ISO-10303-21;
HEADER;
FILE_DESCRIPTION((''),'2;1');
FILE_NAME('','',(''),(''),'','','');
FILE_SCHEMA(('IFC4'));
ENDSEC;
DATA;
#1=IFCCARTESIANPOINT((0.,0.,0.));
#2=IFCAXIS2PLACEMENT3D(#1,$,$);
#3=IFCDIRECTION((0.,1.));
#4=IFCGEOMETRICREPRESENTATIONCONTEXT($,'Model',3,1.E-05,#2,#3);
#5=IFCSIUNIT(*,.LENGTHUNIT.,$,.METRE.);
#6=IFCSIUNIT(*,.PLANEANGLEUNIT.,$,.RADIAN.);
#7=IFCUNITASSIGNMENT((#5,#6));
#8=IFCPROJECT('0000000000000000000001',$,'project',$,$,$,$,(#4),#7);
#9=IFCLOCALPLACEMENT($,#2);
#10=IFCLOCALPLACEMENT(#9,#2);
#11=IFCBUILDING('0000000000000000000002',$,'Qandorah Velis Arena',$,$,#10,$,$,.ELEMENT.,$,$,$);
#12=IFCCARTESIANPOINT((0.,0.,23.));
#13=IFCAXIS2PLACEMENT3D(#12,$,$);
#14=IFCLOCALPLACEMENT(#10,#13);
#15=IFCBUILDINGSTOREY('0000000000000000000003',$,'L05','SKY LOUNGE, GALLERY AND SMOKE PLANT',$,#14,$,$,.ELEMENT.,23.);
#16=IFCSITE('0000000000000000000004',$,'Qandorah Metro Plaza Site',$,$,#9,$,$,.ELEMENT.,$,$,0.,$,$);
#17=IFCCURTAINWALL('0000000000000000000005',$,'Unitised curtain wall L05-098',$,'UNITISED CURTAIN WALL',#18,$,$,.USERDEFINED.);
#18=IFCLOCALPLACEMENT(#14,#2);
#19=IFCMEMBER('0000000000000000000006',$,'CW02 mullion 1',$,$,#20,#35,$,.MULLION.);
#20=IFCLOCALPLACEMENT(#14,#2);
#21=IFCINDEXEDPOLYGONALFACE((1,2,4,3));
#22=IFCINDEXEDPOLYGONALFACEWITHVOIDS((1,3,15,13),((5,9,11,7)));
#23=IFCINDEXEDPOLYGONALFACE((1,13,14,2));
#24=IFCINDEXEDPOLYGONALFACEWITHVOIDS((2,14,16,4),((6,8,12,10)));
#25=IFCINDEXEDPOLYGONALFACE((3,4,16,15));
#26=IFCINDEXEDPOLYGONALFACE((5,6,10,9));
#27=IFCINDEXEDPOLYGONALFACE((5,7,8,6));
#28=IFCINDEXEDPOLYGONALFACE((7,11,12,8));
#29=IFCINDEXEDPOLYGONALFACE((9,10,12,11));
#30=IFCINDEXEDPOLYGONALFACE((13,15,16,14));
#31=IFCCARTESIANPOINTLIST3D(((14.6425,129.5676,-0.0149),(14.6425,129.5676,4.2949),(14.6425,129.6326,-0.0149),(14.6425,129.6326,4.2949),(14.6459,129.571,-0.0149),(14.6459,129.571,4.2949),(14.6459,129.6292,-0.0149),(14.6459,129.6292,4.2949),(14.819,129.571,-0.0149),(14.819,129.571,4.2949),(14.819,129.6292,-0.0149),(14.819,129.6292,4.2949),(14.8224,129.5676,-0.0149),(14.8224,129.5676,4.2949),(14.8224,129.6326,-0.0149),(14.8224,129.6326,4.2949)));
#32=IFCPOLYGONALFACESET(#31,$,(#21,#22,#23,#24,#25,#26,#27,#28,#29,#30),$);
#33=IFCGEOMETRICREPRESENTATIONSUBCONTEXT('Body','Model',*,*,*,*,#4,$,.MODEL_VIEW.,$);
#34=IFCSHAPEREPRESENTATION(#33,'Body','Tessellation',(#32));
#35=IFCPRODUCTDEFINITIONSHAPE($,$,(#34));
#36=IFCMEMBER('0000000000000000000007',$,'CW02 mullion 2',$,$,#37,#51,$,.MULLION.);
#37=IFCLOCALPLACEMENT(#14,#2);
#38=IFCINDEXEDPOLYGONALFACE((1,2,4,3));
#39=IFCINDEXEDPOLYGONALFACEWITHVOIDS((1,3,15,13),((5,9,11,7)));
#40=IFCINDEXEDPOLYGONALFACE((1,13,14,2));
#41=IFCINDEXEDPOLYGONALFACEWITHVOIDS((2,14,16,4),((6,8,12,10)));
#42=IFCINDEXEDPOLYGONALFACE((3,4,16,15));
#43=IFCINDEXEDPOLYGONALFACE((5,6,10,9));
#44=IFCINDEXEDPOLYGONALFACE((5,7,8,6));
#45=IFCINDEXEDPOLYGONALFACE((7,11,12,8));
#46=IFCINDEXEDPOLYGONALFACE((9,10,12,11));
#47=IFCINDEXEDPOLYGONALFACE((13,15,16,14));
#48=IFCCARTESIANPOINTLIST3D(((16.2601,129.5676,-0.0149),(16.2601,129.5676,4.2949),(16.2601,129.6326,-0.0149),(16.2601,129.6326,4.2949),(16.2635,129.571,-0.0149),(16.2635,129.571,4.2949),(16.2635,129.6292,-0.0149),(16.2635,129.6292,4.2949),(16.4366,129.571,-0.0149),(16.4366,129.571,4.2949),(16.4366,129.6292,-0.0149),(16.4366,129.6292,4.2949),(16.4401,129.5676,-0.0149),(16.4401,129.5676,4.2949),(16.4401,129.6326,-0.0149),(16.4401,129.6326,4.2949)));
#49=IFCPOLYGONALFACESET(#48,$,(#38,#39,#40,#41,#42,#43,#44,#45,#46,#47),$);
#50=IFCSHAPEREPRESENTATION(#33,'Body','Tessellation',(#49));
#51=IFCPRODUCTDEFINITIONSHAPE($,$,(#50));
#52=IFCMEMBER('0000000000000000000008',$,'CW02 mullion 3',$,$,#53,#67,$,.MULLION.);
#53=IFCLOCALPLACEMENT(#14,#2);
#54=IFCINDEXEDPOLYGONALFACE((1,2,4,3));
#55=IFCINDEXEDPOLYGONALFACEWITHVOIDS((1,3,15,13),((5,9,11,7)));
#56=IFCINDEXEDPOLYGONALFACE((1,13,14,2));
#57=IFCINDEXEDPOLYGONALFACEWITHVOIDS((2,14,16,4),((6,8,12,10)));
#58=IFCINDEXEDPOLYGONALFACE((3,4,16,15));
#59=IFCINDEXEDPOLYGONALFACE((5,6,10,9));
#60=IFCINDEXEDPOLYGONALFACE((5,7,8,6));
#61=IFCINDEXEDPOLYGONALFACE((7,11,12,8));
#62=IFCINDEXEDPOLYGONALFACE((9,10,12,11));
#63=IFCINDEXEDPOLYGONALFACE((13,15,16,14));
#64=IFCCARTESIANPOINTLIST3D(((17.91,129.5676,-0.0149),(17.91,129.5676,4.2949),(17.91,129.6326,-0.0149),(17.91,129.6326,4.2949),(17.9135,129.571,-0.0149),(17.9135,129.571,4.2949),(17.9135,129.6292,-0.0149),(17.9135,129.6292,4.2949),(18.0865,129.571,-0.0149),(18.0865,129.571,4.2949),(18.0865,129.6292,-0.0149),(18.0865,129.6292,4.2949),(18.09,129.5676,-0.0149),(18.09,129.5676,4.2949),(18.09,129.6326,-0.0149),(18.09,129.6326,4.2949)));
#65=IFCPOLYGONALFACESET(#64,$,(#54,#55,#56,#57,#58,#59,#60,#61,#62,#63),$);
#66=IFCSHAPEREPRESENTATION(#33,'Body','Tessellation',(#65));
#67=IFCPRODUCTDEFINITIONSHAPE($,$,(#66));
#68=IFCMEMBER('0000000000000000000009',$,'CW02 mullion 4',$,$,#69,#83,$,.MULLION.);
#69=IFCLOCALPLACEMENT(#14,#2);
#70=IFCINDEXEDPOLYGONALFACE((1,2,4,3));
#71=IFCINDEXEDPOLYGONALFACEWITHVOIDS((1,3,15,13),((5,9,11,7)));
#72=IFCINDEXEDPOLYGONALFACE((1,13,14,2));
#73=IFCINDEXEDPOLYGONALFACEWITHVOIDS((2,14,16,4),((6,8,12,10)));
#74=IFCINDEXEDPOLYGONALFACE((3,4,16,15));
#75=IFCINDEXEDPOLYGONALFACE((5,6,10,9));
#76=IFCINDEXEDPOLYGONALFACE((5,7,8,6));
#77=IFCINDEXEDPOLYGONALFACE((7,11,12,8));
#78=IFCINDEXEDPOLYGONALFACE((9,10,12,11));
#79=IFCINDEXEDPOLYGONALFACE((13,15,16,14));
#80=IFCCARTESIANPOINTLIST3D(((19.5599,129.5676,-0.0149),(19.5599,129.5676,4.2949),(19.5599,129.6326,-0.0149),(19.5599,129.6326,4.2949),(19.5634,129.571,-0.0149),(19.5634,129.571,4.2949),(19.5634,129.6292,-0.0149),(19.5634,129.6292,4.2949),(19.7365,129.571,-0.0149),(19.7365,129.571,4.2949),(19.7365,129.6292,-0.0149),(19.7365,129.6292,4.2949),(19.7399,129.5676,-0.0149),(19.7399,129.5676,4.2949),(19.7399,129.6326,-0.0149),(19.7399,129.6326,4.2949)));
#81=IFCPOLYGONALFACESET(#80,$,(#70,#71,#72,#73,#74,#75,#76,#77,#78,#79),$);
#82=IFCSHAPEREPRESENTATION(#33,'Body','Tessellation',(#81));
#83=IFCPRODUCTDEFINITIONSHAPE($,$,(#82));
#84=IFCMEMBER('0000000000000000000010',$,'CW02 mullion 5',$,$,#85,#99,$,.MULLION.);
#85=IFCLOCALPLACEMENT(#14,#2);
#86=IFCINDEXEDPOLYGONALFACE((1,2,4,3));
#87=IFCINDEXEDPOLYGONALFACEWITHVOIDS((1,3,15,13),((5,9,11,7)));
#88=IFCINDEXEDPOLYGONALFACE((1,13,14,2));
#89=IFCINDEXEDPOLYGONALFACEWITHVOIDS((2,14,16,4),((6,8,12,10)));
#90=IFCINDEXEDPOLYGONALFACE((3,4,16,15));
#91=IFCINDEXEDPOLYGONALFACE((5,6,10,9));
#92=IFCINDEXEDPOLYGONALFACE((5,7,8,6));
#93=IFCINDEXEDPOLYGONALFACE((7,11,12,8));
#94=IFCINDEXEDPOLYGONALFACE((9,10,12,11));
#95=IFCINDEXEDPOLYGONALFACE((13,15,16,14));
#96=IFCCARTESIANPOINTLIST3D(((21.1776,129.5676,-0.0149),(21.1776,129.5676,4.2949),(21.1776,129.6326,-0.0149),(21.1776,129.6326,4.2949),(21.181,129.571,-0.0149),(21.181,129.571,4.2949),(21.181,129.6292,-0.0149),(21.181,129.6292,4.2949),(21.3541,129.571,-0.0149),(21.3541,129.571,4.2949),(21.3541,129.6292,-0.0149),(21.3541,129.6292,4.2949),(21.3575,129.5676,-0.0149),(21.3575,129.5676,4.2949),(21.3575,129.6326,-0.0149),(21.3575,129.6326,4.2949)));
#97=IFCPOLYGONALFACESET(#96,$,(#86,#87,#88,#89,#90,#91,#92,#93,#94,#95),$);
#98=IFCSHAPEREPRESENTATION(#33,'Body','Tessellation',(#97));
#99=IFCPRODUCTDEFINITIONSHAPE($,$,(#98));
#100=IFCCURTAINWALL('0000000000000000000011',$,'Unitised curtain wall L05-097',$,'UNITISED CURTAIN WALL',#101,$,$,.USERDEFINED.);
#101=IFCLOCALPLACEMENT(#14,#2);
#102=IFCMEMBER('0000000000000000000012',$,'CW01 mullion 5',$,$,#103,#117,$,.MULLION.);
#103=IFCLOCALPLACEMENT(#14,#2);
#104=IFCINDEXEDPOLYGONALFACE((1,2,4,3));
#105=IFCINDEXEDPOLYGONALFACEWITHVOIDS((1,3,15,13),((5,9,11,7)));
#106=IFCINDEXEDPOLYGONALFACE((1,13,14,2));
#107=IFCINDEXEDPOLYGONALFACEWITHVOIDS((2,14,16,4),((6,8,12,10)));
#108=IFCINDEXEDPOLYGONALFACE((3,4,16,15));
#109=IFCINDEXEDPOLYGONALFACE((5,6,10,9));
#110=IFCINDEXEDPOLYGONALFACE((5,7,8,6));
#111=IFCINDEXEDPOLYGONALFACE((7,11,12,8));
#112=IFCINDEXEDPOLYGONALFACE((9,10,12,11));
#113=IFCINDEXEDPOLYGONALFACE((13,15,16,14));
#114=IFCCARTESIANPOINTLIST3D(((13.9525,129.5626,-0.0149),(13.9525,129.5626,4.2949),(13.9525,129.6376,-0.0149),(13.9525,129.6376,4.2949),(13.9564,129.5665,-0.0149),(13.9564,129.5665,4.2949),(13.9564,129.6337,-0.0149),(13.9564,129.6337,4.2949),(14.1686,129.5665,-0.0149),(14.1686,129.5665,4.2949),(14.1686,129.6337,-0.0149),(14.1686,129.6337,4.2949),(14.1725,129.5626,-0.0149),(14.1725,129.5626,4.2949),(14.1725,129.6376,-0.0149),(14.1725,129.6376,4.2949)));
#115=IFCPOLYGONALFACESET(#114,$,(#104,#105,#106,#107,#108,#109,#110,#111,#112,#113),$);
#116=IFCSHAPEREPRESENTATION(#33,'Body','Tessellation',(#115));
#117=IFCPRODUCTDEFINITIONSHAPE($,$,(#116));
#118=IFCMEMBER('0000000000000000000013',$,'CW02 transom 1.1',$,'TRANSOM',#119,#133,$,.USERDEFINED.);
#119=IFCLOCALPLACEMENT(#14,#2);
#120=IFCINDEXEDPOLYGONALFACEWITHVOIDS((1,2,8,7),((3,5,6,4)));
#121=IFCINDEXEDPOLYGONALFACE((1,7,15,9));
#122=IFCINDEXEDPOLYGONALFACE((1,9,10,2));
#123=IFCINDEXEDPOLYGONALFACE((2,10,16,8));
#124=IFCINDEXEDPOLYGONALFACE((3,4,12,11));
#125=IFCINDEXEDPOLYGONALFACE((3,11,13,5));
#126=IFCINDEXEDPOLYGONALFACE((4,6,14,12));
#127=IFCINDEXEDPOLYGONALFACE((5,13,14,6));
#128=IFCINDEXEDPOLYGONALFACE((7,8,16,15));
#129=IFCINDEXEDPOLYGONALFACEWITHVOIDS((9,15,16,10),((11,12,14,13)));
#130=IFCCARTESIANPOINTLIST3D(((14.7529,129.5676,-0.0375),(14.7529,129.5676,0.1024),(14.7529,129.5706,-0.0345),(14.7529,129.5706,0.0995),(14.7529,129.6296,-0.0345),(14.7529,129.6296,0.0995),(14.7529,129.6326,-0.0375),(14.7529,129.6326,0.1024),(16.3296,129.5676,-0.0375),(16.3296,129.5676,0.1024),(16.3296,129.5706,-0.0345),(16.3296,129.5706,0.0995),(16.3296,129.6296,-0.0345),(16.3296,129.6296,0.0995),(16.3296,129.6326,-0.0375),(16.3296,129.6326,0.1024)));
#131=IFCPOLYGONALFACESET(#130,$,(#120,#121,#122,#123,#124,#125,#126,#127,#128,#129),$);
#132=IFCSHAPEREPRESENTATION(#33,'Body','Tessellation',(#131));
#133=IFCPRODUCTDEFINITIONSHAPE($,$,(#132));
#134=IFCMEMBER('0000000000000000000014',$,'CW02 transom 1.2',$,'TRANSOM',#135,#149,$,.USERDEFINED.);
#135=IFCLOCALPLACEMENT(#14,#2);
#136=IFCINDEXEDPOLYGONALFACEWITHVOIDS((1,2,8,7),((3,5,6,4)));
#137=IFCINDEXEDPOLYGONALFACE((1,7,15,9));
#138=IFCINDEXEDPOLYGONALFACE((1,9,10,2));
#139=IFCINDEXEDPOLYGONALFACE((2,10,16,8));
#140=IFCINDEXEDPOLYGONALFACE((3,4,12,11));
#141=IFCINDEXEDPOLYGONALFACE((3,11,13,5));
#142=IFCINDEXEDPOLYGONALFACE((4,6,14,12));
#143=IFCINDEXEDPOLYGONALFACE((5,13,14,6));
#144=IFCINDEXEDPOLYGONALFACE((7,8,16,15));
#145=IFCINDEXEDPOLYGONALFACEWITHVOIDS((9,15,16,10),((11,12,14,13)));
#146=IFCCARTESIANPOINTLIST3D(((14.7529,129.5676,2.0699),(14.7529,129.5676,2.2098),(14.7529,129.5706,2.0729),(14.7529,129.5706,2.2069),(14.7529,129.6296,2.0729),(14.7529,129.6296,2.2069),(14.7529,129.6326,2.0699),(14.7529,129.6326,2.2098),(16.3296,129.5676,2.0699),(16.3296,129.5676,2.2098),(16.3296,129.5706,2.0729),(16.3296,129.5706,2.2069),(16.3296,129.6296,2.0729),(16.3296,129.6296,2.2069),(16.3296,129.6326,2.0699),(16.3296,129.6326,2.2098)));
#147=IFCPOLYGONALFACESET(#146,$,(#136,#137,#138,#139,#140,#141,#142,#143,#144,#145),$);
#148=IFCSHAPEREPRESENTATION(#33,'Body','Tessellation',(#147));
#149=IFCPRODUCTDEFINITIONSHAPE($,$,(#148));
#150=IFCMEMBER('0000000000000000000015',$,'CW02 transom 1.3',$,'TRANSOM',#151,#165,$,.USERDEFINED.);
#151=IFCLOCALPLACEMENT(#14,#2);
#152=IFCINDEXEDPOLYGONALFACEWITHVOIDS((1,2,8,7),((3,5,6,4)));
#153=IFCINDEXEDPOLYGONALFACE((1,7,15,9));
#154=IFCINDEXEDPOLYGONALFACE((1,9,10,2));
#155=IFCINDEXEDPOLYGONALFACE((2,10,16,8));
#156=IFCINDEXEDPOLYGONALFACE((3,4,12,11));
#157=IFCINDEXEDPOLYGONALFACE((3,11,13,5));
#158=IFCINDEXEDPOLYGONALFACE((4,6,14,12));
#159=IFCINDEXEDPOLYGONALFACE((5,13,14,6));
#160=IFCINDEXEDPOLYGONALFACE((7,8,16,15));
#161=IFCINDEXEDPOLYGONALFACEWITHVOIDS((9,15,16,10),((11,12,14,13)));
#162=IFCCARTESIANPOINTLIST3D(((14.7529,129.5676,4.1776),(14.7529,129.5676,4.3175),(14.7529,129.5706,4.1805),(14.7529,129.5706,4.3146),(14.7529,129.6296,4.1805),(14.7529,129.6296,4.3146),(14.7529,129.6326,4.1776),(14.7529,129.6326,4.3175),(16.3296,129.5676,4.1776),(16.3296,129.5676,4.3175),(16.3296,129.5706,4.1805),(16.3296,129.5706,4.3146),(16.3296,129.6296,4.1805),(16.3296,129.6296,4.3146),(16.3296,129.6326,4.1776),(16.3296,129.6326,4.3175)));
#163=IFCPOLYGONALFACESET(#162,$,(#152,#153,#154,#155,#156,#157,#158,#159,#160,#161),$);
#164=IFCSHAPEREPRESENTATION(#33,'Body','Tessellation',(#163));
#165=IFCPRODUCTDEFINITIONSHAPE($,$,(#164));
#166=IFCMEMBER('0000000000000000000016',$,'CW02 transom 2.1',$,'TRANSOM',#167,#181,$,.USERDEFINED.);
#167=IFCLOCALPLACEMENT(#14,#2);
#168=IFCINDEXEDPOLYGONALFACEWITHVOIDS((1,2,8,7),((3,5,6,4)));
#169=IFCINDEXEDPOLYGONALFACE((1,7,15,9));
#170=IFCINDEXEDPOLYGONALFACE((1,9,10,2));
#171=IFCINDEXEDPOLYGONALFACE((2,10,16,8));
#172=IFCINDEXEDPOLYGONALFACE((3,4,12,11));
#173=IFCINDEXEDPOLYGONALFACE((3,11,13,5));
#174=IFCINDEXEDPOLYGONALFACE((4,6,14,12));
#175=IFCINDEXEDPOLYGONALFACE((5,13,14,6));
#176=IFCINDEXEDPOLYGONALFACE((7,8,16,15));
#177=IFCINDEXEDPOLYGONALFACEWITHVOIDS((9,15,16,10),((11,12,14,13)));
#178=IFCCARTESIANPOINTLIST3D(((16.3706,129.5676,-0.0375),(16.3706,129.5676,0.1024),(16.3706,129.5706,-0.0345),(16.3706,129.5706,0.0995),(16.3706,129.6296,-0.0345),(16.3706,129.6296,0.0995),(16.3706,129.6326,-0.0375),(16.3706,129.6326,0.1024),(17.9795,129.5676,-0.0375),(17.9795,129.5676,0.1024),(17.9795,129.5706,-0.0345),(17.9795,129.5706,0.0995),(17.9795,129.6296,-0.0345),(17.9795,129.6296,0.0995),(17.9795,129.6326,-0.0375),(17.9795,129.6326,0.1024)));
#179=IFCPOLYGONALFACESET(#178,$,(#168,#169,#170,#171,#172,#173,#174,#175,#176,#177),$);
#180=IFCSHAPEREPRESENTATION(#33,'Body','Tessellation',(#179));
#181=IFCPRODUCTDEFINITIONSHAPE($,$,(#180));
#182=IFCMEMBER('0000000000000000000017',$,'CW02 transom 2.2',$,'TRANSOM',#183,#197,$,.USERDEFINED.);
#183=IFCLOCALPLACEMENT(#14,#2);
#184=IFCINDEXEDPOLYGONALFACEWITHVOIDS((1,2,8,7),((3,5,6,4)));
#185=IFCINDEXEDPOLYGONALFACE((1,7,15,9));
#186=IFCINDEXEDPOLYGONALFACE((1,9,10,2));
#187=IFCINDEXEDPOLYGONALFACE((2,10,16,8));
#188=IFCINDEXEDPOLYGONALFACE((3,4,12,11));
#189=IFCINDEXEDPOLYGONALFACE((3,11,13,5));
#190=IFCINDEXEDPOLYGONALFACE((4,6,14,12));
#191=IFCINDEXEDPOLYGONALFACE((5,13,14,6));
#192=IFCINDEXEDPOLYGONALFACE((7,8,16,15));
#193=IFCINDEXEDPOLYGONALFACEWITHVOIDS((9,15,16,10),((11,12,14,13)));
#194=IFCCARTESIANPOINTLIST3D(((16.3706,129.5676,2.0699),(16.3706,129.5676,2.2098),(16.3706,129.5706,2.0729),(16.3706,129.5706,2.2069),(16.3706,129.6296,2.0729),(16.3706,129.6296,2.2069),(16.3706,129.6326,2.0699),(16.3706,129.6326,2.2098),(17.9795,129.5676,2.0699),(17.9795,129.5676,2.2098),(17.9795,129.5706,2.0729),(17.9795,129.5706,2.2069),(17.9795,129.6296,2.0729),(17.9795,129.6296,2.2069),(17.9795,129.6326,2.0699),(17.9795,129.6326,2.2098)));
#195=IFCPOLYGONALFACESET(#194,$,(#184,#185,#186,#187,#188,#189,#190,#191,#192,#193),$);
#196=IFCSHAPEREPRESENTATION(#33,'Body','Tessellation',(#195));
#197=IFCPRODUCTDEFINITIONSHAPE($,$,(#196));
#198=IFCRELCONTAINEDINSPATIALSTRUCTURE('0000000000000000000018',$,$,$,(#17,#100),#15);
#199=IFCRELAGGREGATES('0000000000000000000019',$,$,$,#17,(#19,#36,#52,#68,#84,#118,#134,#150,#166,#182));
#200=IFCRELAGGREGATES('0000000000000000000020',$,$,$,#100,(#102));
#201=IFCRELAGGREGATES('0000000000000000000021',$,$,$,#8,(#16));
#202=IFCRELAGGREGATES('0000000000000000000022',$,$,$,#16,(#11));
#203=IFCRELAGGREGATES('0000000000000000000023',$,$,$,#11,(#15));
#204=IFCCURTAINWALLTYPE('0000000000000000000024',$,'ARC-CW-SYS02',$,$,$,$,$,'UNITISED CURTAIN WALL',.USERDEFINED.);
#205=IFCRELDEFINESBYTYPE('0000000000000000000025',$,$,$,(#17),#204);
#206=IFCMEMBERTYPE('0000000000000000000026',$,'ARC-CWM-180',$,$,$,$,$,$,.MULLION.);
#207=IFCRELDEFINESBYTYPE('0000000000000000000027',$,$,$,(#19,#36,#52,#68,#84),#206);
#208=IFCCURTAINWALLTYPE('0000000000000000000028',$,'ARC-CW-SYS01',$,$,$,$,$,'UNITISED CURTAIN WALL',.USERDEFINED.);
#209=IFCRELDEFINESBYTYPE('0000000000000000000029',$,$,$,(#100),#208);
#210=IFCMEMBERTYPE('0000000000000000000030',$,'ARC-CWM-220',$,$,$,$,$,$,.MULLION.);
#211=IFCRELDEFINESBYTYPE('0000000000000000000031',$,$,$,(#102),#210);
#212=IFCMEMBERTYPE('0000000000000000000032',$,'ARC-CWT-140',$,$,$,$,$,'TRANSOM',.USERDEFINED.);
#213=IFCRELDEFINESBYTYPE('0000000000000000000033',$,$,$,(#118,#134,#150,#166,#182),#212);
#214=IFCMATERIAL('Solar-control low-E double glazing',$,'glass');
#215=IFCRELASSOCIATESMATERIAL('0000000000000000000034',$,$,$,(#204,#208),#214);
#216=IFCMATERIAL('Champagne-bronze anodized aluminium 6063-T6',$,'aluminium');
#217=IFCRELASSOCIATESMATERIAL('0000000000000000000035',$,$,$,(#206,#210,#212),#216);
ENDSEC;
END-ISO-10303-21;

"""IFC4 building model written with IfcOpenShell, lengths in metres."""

from ifc_helpers import new_model, si_unit, direction, frame, origin, origin_2d, place, context, subcontext, project, spatial, hollow_rectangle, extrude, material, material_profile, profile_set, type_object, element, aggregate, save


model = new_model("IFC4")

# Units and contexts
model_context = context("Model", 3, precision=1e-05, world=origin(), true_north=direction((0.0, 1.0)))
body_context = subcontext(model_context, "Body", "Model", "MODEL_VIEW")
ifc_project = project(units=[si_unit("LENGTHUNIT", "METRE"), si_unit("PLANEANGLEUNIT", "RADIAN")], contexts=[model_context])

# Site, building, storey
site_placement = place(None, origin())
site = spatial("IfcSite", under=ifc_project, at=site_placement, Name="Qandorah Metro Plaza Site", CompositionType="ELEMENT", RefElevation=0.0)
building_placement = place(site_placement, origin())
building = spatial("IfcBuilding", under=site, at=building_placement, Name="Qandorah Velis Arena", CompositionType="ELEMENT")
storey_placement = place(building_placement, frame((0.0, 0.0, 23.0)))
storey = spatial("IfcBuildingStorey", under=building, at=storey_placement, Name="L05", Description="SKY LOUNGE, GALLERY AND SMOKE PLANT", CompositionType="ELEMENT", Elevation=23.0)

# Curtain wall, members
ifc_material_1 = material(Name="Solar-control low-E double glazing", Category="glass")
curtain_wall_type_1 = type_object("IfcCurtainWallType", Name="ARC-CW-SYS02", ElementType="UNITISED CURTAIN WALL", PredefinedType="USERDEFINED", material=ifc_material_1)
curtain_wall_1_placement = place(storey_placement, origin())
curtain_wall_1 = element("IfcCurtainWall", 1, at=curtain_wall_1_placement, inside=storey, type_object=curtain_wall_type_1, Name="Unitised curtain wall L05-098", ObjectType="UNITISED CURTAIN WALL", PredefinedType="USERDEFINED")
ifc_material_2 = material(Name="Champagne-bronze anodized aluminium 6063-T6", Category="aluminium")
ifc_material_profile_1 = material_profile(ifc_material_2, hollow_rectangle(XDim=0.0649, YDim=0.1799, WallThickness=0.0034, at=origin_2d()), Name="ALU MULLION 65x180")
ifc_profile_set_1 = profile_set([ifc_material_profile_1], Name="Champagne-bronze anodized aluminium 6063-T6")
member_type_1 = type_object("IfcMemberType", Name="ARC-CWM-180", PredefinedType="MULLION", material=ifc_profile_set_1)
member_1_placement = place(storey_placement, frame((14.7324, 129.6001, -0.0149), z_axis=(0.0, 0.0, 1.0), x_axis=(0.0, 1.0, 0.0)))
member_1 = element("IfcMember", 2, at=member_1_placement, type_object=member_type_1, Name="CW02 mullion 1", PredefinedType="MULLION", context=body_context, shape_type="SweptSolid", body=[
    extrude(hollow_rectangle(XDim=0.0649, YDim=0.1799, WallThickness=0.0034, at=origin_2d()), origin(), (0.0, 0.0, 1.0), 4.3098),
])
member_2_placement = place(storey_placement, frame((16.3501, 129.6001, -0.0149), z_axis=(0.0, 0.0, 1.0), x_axis=(0.0, 1.0, 0.0)))
member_2 = element("IfcMember", 3, at=member_2_placement, type_object=member_type_1, Name="CW02 mullion 2", PredefinedType="MULLION", context=body_context, shape_type="SweptSolid", body=[
    extrude(hollow_rectangle(XDim=0.0649, YDim=0.1799, WallThickness=0.0034, at=origin_2d()), origin(), (0.0, 0.0, 1.0), 4.3098),
])
member_3_placement = place(storey_placement, frame((18.0, 129.6001, -0.0149), z_axis=(0.0, 0.0, 1.0), x_axis=(0.0, 1.0, 0.0)))
member_3 = element("IfcMember", 4, at=member_3_placement, type_object=member_type_1, Name="CW02 mullion 3", PredefinedType="MULLION", context=body_context, shape_type="SweptSolid", body=[
    extrude(hollow_rectangle(XDim=0.0649, YDim=0.1799, WallThickness=0.0034, at=origin_2d()), origin(), (0.0, 0.0, 1.0), 4.3098),
])
member_4_placement = place(storey_placement, frame((19.6499, 129.6001, -0.0149), z_axis=(0.0, 0.0, 1.0), x_axis=(0.0, 1.0, 0.0)))
member_4 = element("IfcMember", 5, at=member_4_placement, type_object=member_type_1, Name="CW02 mullion 4", PredefinedType="MULLION", context=body_context, shape_type="SweptSolid", body=[
    extrude(hollow_rectangle(XDim=0.0649, YDim=0.1799, WallThickness=0.0034, at=origin_2d()), origin(), (0.0, 0.0, 1.0), 4.3098),
])
member_5_placement = place(storey_placement, frame((21.2676, 129.6001, -0.0149), z_axis=(0.0, 0.0, 1.0), x_axis=(0.0, 1.0, 0.0)))
member_5 = element("IfcMember", 6, at=member_5_placement, type_object=member_type_1, Name="CW02 mullion 5", PredefinedType="MULLION", context=body_context, shape_type="SweptSolid", body=[
    extrude(hollow_rectangle(XDim=0.0649, YDim=0.1799, WallThickness=0.0034, at=origin_2d()), origin(), (0.0, 0.0, 1.0), 4.3098),
])

# Curtain wall, member
curtain_wall_type_2 = type_object("IfcCurtainWallType", Name="ARC-CW-SYS01", ElementType="UNITISED CURTAIN WALL", PredefinedType="USERDEFINED", material=ifc_material_1)
curtain_wall_2_placement = place(storey_placement, origin())
curtain_wall_2 = element("IfcCurtainWall", 7, at=curtain_wall_2_placement, inside=storey, type_object=curtain_wall_type_2, Name="Unitised curtain wall L05-097", ObjectType="UNITISED CURTAIN WALL", PredefinedType="USERDEFINED")
ifc_material_profile_2 = material_profile(ifc_material_2, hollow_rectangle(XDim=0.075, YDim=0.22, WallThickness=0.0039, at=origin_2d()), Name="ALU MULLION 75x220")
ifc_profile_set_2 = profile_set([ifc_material_profile_2], Name="Champagne-bronze anodized aluminium 6063-T6")
member_type_2 = type_object("IfcMemberType", Name="ARC-CWM-220", PredefinedType="MULLION", material=ifc_profile_set_2)
member_6_placement = place(storey_placement, frame((14.0625, 129.6001, -0.0149), z_axis=(0.0, 0.0, 1.0), x_axis=(0.0, 1.0, 0.0)))
member_6 = element("IfcMember", 8, at=member_6_placement, type_object=member_type_2, Name="CW01 mullion 5", PredefinedType="MULLION", context=body_context, shape_type="SweptSolid", body=[
    extrude(hollow_rectangle(XDim=0.075, YDim=0.22, WallThickness=0.0039, at=origin_2d()), origin(), (0.0, 0.0, 1.0), 4.3098),
])

# Members
ifc_material_profile_3 = material_profile(ifc_material_2, hollow_rectangle(XDim=0.0649, YDim=0.1399, WallThickness=0.0029, at=origin_2d()), Name="ALU TRANSOM 65x140")
ifc_profile_set_3 = profile_set([ifc_material_profile_3], Name="Champagne-bronze anodized aluminium 6063-T6")
member_type_3 = type_object("IfcMemberType", Name="ARC-CWT-140", ElementType="TRANSOM", PredefinedType="USERDEFINED", material=ifc_profile_set_3)
member_7_placement = place(storey_placement, frame((14.7529, 129.6001, 0.0325), z_axis=(1.0, 0.0, 0.0), x_axis=(0.0, 1.0, 0.0)))
member_7 = element("IfcMember", 9, at=member_7_placement, type_object=member_type_3, Name="CW02 transom 1.1", ObjectType="TRANSOM", PredefinedType="USERDEFINED", context=body_context, shape_type="SweptSolid", body=[
    extrude(hollow_rectangle(XDim=0.0649, YDim=0.1399, WallThickness=0.0029, at=origin_2d()), origin(), (0.0, 0.0, 1.0), 1.5767),
])
member_8_placement = place(storey_placement, frame((14.7529, 129.6001, 2.1399), z_axis=(1.0, 0.0, 0.0), x_axis=(0.0, 1.0, 0.0)))
member_8 = element("IfcMember", 10, at=member_8_placement, type_object=member_type_3, Name="CW02 transom 1.2", ObjectType="TRANSOM", PredefinedType="USERDEFINED", context=body_context, shape_type="SweptSolid", body=[
    extrude(hollow_rectangle(XDim=0.0649, YDim=0.1399, WallThickness=0.0029, at=origin_2d()), origin(), (0.0, 0.0, 1.0), 1.5767),
])
member_9_placement = place(storey_placement, frame((14.7529, 129.6001, 4.2476), z_axis=(1.0, 0.0, 0.0), x_axis=(0.0, 1.0, 0.0)))
member_9 = element("IfcMember", 11, at=member_9_placement, type_object=member_type_3, Name="CW02 transom 1.3", ObjectType="TRANSOM", PredefinedType="USERDEFINED", context=body_context, shape_type="SweptSolid", body=[
    extrude(hollow_rectangle(XDim=0.0649, YDim=0.1399, WallThickness=0.0029, at=origin_2d()), origin(), (0.0, 0.0, 1.0), 1.5767),
])
member_10_placement = place(storey_placement, frame((16.3706, 129.6001, 0.0325), z_axis=(1.0, 0.0, 0.0), x_axis=(0.0, 1.0, 0.0)))
member_10 = element("IfcMember", 12, at=member_10_placement, type_object=member_type_3, Name="CW02 transom 2.1", ObjectType="TRANSOM", PredefinedType="USERDEFINED", context=body_context, shape_type="SweptSolid", body=[
    extrude(hollow_rectangle(XDim=0.0649, YDim=0.1399, WallThickness=0.0029, at=origin_2d()), origin(), (0.0, 0.0, 1.0), 1.6089),
])
member_11_placement = place(storey_placement, frame((16.3706, 129.6001, 2.1399), z_axis=(1.0, 0.0, 0.0), x_axis=(0.0, 1.0, 0.0)))
member_11 = element("IfcMember", 13, at=member_11_placement, type_object=member_type_3, Name="CW02 transom 2.2", ObjectType="TRANSOM", PredefinedType="USERDEFINED", context=body_context, shape_type="SweptSolid", body=[
    extrude(hollow_rectangle(XDim=0.0649, YDim=0.1399, WallThickness=0.0029, at=origin_2d()), origin(), (0.0, 0.0, 1.0), 1.6089),
])

aggregate(curtain_wall_1, [member_1, member_2, member_3, member_4, member_5, member_7, member_8, member_9, member_10, member_11])
aggregate(curtain_wall_2, [member_6])

save(model, "model.ifc")
